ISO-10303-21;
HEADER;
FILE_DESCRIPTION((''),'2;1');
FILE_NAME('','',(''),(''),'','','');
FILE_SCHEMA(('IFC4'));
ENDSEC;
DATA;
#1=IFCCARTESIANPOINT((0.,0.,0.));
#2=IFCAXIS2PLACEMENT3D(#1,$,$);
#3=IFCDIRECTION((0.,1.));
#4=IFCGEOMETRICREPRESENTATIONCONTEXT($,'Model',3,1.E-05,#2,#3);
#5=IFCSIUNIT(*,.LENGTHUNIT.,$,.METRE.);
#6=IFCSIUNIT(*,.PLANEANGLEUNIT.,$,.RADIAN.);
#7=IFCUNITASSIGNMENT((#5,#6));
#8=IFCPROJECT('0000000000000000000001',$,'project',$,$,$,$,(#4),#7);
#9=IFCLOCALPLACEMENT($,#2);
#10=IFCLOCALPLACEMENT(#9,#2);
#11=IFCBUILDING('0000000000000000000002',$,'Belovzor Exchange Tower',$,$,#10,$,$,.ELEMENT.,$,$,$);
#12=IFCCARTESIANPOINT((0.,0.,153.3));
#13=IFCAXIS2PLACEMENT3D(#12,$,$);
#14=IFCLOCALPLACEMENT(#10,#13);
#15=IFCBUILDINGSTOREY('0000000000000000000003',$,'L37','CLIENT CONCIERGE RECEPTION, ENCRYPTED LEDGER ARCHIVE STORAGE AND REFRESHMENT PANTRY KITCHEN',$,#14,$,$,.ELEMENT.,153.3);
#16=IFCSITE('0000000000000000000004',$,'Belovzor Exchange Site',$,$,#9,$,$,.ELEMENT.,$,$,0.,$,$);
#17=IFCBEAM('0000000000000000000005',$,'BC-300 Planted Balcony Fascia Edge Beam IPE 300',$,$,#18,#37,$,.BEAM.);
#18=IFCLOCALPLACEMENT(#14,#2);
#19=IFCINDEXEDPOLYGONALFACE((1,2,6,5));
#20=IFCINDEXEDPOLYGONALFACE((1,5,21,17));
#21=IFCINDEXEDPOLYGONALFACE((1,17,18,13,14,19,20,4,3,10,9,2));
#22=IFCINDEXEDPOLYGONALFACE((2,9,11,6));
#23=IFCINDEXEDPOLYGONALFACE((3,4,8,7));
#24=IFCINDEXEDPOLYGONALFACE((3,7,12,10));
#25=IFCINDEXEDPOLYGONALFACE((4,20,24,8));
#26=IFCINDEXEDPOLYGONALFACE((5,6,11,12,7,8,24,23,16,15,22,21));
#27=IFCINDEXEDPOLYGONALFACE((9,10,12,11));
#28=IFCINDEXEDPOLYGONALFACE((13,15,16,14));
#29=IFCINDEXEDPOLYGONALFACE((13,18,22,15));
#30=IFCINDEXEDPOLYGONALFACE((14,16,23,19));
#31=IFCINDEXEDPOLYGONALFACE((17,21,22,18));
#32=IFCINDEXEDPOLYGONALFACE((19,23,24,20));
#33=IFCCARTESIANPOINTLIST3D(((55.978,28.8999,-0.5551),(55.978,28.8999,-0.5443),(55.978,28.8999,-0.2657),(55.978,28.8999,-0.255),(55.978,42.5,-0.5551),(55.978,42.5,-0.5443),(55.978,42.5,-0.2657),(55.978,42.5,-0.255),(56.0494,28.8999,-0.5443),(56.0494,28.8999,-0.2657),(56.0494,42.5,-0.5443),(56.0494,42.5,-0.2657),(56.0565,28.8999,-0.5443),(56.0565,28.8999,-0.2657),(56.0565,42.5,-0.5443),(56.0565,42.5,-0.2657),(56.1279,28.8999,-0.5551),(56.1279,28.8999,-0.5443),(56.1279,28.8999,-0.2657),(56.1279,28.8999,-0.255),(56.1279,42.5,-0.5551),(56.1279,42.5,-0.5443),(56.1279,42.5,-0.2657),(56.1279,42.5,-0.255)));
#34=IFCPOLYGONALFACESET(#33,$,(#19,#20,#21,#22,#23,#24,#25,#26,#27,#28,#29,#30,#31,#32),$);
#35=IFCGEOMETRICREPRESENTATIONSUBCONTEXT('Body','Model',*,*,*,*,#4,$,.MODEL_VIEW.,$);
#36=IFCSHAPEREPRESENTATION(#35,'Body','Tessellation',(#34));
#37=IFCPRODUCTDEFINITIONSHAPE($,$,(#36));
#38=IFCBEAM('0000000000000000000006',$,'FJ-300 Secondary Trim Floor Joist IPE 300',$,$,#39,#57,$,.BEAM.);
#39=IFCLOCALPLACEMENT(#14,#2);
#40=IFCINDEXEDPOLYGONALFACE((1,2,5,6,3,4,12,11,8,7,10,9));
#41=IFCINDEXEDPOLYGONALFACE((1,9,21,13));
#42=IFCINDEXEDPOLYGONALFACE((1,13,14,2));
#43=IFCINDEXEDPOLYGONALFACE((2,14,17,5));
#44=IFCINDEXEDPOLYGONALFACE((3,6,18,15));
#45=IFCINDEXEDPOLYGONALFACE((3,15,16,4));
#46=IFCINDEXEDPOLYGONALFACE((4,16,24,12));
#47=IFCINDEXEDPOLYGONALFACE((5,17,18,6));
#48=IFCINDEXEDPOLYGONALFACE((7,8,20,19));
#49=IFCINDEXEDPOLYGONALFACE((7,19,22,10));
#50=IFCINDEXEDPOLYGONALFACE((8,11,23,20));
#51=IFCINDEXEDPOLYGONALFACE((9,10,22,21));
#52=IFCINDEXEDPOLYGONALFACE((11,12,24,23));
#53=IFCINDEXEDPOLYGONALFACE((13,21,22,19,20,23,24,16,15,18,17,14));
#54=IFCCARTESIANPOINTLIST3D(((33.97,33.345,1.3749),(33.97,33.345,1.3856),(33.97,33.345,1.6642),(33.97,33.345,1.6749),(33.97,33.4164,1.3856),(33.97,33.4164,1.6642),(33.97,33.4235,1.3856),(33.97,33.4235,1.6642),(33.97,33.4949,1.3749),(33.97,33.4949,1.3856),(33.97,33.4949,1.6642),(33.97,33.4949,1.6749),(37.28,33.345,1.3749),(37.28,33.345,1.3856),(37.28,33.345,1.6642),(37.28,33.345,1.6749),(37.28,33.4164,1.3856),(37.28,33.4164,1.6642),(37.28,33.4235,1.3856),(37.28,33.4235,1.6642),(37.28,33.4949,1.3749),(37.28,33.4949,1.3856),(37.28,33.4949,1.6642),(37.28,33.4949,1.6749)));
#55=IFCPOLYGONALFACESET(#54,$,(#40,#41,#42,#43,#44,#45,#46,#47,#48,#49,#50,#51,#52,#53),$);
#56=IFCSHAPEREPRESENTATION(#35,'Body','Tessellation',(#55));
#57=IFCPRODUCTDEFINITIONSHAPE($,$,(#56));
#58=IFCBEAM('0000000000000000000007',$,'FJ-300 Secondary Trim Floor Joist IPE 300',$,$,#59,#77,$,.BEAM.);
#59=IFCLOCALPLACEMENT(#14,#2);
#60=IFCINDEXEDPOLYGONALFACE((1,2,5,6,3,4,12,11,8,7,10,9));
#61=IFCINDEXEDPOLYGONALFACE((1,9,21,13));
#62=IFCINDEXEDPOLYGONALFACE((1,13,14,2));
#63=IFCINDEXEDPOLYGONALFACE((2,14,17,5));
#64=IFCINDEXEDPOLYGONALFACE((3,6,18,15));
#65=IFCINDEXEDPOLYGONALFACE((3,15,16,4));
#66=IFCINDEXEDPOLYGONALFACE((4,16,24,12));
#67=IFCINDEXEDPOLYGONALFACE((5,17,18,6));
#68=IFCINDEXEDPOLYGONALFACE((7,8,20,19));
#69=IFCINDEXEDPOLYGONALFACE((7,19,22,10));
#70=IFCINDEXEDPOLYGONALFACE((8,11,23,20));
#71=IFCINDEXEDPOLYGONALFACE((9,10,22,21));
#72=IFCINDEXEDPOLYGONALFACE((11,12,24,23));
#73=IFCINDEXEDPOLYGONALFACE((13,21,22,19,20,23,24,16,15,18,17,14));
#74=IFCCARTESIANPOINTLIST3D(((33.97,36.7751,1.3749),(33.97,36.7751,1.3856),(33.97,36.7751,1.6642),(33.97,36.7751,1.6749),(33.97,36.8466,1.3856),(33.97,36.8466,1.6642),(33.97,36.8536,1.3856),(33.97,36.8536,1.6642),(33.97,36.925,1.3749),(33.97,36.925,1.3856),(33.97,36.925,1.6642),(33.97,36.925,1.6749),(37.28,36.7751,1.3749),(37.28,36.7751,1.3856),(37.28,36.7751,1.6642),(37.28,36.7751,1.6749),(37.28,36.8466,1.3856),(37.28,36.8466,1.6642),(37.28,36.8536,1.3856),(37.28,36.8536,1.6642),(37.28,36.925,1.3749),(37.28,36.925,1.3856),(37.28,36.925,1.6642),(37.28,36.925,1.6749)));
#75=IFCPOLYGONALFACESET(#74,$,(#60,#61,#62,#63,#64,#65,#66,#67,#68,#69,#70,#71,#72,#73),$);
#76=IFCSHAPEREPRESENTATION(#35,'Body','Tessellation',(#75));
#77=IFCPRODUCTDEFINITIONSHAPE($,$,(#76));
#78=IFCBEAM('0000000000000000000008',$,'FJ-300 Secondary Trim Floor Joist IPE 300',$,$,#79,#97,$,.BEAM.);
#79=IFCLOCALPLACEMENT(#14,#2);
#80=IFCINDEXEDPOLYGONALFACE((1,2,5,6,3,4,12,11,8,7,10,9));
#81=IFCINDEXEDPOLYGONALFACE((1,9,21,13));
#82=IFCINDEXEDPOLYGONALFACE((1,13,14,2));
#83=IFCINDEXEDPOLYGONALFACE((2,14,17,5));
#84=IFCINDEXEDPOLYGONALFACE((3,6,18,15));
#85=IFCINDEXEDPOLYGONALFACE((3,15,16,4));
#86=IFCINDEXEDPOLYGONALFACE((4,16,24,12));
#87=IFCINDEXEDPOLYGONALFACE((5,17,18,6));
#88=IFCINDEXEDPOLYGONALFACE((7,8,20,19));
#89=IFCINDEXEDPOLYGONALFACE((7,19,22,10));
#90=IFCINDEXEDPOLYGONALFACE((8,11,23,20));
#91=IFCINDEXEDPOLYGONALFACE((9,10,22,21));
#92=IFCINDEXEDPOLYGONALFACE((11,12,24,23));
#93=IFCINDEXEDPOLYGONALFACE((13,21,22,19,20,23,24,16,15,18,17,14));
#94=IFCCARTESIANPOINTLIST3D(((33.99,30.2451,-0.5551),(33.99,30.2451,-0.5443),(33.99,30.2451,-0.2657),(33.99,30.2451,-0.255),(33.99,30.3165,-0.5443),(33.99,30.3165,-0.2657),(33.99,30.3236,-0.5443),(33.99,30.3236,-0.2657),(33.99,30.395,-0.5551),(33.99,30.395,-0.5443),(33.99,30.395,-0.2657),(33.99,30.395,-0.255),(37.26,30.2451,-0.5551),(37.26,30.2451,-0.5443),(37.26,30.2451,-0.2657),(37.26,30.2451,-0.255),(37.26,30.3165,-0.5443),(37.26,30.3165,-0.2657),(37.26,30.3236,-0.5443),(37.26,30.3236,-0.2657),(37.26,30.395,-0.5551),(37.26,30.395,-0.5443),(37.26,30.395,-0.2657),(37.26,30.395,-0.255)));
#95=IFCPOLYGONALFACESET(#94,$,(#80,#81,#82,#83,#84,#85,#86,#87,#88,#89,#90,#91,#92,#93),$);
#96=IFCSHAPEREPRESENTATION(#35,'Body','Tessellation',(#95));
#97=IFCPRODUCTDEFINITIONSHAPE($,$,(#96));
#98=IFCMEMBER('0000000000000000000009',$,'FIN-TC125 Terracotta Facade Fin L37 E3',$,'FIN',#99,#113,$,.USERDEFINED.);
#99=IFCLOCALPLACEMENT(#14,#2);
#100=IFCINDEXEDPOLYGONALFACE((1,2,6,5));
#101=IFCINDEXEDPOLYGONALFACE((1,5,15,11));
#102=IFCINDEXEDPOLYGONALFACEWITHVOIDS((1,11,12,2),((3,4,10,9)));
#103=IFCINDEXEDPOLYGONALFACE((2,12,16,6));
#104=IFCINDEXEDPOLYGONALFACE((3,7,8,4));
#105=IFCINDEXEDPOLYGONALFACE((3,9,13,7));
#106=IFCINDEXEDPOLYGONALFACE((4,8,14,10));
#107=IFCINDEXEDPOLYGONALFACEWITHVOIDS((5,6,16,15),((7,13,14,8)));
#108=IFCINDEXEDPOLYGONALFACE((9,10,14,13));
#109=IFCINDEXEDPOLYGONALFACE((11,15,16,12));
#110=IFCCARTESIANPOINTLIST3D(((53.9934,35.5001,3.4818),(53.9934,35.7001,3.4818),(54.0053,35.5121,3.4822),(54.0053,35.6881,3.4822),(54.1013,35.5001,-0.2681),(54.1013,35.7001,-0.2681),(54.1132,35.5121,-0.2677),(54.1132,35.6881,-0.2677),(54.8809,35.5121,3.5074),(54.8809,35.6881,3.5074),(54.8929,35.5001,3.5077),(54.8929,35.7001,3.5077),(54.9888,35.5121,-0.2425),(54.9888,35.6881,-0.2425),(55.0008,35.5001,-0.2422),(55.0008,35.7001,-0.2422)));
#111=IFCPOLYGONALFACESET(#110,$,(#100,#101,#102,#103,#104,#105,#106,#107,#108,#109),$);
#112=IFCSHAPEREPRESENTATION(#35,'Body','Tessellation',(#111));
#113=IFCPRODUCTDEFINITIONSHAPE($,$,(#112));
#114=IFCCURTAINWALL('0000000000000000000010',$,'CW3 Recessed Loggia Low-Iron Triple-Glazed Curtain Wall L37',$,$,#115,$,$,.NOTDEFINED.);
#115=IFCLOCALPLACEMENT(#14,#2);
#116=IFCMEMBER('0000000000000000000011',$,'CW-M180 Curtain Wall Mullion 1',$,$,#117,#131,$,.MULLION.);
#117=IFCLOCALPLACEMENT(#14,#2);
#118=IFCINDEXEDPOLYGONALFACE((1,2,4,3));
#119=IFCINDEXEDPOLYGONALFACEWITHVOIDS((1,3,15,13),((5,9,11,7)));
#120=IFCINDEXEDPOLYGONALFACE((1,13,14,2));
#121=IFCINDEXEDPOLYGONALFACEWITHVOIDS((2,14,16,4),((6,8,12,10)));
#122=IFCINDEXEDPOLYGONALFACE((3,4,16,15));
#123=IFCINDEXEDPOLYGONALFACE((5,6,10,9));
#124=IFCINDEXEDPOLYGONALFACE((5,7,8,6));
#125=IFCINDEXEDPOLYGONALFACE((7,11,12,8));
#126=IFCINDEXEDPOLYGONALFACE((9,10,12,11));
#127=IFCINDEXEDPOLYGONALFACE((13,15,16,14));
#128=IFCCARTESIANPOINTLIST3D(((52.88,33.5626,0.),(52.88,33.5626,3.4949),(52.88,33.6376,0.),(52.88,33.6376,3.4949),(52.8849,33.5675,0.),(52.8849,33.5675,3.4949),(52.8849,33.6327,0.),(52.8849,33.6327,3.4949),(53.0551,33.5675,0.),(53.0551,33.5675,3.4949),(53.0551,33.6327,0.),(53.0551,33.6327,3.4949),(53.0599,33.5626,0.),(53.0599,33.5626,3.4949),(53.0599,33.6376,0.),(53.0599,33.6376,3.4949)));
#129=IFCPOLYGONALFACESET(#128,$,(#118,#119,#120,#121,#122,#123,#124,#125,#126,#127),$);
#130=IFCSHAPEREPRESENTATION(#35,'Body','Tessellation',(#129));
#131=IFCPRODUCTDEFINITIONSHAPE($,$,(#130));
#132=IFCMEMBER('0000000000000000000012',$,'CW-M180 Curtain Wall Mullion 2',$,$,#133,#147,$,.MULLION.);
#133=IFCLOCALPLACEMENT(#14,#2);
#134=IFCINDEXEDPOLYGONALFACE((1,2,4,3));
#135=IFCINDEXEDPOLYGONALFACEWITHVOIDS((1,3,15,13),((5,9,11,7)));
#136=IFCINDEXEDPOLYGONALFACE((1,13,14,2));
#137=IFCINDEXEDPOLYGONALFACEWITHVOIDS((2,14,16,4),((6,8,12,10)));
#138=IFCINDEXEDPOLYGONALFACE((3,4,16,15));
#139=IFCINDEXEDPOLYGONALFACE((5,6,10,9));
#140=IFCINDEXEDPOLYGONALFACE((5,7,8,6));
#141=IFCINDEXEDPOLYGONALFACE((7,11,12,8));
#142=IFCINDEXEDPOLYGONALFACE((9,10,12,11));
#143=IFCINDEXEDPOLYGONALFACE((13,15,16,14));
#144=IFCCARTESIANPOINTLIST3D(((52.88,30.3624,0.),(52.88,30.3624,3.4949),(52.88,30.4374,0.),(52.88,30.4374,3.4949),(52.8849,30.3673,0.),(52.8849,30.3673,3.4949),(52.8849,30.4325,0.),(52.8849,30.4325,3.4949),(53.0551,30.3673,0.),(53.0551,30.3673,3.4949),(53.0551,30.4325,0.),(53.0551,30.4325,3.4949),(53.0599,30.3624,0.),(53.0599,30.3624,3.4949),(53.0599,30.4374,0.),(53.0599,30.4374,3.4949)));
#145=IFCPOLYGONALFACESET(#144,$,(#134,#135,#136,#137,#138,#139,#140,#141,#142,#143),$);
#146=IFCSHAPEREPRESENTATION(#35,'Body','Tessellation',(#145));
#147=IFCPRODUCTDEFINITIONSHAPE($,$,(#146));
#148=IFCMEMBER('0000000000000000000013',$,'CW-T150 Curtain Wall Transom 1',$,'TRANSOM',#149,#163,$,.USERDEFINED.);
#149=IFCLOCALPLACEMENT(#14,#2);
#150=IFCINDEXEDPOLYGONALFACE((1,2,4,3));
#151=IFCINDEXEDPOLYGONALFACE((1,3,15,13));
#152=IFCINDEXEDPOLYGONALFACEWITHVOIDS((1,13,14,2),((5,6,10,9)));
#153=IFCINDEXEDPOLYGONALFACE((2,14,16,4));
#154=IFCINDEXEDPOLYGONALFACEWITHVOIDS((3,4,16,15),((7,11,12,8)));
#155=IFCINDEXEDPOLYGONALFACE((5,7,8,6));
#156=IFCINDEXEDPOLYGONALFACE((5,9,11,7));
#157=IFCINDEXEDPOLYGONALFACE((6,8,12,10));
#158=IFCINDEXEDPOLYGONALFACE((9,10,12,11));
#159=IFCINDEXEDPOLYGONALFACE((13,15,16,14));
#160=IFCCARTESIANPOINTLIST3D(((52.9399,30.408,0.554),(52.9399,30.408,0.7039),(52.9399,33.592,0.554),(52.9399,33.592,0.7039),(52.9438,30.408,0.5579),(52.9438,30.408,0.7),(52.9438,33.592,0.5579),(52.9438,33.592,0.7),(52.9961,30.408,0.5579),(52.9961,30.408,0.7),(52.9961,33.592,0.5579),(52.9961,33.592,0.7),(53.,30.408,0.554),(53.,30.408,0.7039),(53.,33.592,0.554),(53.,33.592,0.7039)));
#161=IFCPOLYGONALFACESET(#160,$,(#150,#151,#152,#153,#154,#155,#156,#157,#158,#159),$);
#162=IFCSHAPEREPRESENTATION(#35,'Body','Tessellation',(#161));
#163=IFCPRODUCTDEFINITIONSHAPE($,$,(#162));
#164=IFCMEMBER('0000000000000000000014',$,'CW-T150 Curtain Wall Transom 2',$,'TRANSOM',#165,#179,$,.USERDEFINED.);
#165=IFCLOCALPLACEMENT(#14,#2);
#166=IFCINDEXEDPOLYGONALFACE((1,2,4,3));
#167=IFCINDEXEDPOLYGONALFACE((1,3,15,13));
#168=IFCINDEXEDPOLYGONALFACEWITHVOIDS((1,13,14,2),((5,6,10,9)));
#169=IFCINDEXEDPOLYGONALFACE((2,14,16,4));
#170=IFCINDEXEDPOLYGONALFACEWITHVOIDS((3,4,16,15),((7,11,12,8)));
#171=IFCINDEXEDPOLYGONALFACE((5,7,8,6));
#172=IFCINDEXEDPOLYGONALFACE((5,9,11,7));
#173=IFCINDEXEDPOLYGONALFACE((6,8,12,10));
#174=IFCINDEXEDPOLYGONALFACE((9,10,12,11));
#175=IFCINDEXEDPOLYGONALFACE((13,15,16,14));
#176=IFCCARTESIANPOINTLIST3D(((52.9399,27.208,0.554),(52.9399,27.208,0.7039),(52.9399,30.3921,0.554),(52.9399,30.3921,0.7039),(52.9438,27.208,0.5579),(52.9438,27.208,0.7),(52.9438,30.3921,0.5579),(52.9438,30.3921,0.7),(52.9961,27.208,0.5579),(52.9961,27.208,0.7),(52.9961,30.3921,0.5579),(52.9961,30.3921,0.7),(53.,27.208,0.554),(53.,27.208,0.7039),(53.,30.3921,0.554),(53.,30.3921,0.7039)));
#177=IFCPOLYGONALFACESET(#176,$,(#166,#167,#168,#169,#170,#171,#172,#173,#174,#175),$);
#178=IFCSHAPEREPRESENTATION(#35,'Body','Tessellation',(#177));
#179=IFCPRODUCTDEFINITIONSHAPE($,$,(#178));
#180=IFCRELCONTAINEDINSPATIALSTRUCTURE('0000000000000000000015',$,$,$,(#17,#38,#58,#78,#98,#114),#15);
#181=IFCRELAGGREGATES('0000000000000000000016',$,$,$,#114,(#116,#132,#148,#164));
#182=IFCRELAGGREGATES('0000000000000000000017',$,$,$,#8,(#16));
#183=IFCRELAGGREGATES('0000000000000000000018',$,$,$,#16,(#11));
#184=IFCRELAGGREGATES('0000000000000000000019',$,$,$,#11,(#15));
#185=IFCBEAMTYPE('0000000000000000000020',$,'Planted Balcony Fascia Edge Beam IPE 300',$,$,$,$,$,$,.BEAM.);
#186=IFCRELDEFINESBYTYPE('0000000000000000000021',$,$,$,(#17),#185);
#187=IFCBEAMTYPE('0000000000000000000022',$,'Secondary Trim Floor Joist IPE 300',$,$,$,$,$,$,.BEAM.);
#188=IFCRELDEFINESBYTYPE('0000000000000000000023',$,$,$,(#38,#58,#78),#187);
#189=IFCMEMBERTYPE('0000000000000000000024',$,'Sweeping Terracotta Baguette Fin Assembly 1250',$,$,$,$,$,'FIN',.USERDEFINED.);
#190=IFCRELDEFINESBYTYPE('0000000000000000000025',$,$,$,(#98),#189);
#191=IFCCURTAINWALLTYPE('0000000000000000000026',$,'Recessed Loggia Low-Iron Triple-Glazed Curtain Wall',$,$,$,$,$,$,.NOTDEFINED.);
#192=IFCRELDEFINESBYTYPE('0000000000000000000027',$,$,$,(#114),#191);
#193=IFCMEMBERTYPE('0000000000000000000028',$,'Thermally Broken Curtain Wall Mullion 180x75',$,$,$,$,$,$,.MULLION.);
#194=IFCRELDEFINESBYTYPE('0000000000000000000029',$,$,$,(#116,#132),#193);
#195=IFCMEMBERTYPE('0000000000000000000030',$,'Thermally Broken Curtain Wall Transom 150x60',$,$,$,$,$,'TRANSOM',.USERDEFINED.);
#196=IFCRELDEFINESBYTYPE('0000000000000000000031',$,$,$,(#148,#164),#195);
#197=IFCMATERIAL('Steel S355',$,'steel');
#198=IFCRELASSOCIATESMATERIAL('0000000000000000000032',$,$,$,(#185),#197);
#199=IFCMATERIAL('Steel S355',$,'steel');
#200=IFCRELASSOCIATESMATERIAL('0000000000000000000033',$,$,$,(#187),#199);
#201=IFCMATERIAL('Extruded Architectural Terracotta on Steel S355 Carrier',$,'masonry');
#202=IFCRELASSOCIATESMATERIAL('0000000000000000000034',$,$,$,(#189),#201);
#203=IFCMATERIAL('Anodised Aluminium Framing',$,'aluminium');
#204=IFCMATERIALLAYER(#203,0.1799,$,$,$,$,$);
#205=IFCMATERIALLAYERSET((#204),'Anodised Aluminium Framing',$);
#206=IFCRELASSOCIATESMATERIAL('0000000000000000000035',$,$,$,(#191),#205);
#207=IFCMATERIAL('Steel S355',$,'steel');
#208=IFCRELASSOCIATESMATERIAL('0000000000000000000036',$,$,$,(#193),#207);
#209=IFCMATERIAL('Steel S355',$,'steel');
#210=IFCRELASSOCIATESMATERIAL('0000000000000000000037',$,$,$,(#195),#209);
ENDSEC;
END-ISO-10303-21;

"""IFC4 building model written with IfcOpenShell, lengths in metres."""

from ifc_helpers import new_model, si_unit, direction, frame, origin, origin_2d, place, context, subcontext, project, spatial, hollow_rectangle, i_section, extrude, material, layer, layer_set, material_profile, profile_set, type_object, element, aggregate, save


model = new_model("IFC4")

# Units and contexts
model_context = context("Model", 3, precision=1e-05, world=origin(), true_north=direction((0.0, 1.0)))
body_context = subcontext(model_context, "Body", "Model", "MODEL_VIEW")
ifc_project = project(units=[si_unit("LENGTHUNIT", "METRE"), si_unit("PLANEANGLEUNIT", "RADIAN")], contexts=[model_context])

# Site, building, storey
site_placement = place(None, origin())
site = spatial("IfcSite", under=ifc_project, at=site_placement, Name="Belovzor Exchange Site", CompositionType="ELEMENT", RefElevation=0.0)
building_placement = place(site_placement, origin())
building = spatial("IfcBuilding", under=site, at=building_placement, Name="Belovzor Exchange Tower", CompositionType="ELEMENT")
storey_placement = place(building_placement, frame((0.0, 0.0, 153.3)))
storey = spatial("IfcBuildingStorey", under=building, at=storey_placement, Name="L37", Description="CLIENT CONCIERGE RECEPTION, ENCRYPTED LEDGER ARCHIVE STORAGE AND REFRESHMENT PANTRY KITCHEN", CompositionType="ELEMENT", Elevation=153.3)

# Beams
ifc_material_1 = material(Name="Steel S355", Category="steel")
ifc_material_profile_1 = material_profile(ifc_material_1, i_section(OverallWidth=0.1499, OverallDepth=0.3, WebThickness=0.0071, FlangeThickness=0.0107, at=origin_2d()))
ifc_profile_set_1 = profile_set([ifc_material_profile_1], Name="Steel S355")
beam_type_1 = type_object("IfcBeamType", Name="Planted Balcony Fascia Edge Beam IPE 300", PredefinedType="BEAM", material=ifc_profile_set_1)
beam_1_placement = place(storey_placement, frame((56.053, 28.8999, -0.405), z_axis=(0.0, 1.0, 0.0), x_axis=(-1.0, 0.0, 0.0)))
element("IfcBeam", 1, at=beam_1_placement, inside=storey, type_object=beam_type_1, Name="BC-300 Planted Balcony Fascia Edge Beam IPE 300", PredefinedType="BEAM", context=body_context, shape_type="SweptSolid", body=[
    extrude(i_section(OverallWidth=0.1499, OverallDepth=0.3, WebThickness=0.0071, FlangeThickness=0.0107, at=origin_2d()), origin(), (0.0, 0.0, 1.0), 13.6001),
])
ifc_material_2 = material(Name="Steel S355", Category="steel")
ifc_material_profile_2 = material_profile(ifc_material_2, i_section(OverallWidth=0.1499, OverallDepth=0.3, WebThickness=0.0071, FlangeThickness=0.0107, at=origin_2d()))
ifc_profile_set_2 = profile_set([ifc_material_profile_2], Name="Steel S355")
beam_type_2 = type_object("IfcBeamType", Name="Secondary Trim Floor Joist IPE 300", PredefinedType="BEAM", material=ifc_profile_set_2)
for number, where, z_axis, x_axis, name in (
    (2, (37.28, 33.4199, 1.5249), (-1.0, 0.0, 0.0), (0.0, -1.0, 0.0), "FJ-300 Secondary Trim Floor Joist IPE 300"),
    (3, (37.28, 36.8501, 1.5249), (-1.0, 0.0, 0.0), (0.0, -1.0, 0.0), "FJ-300 Secondary Trim Floor Joist IPE 300"),
):
    element("IfcBeam", number, at=place(storey_placement, frame(where, z_axis=z_axis, x_axis=x_axis)), inside=storey, type_object=beam_type_2, Name=name, PredefinedType="BEAM", context=body_context, shape_type="SweptSolid", body=[
        extrude(i_section(OverallWidth=0.1499, OverallDepth=0.3, WebThickness=0.0071, FlangeThickness=0.0107, at=origin_2d()), origin(), (0.0, 0.0, 1.0), 3.3101),
    ])
beam_2_placement = place(storey_placement, frame((37.26, 30.3201, -0.405), z_axis=(-1.0, 0.0, 0.0), x_axis=(0.0, -1.0, 0.0)))
element("IfcBeam", 4, at=beam_2_placement, inside=storey, type_object=beam_type_2, Name="FJ-300 Secondary Trim Floor Joist IPE 300", PredefinedType="BEAM", context=body_context, shape_type="SweptSolid", body=[
    extrude(i_section(OverallWidth=0.1499, OverallDepth=0.3, WebThickness=0.0071, FlangeThickness=0.0107, at=origin_2d()), origin(), (0.0, 0.0, 1.0), 3.27),
])

# Member
ifc_material_3 = material(Name="Extruded Architectural Terracotta on Steel S355 Carrier", Category="masonry")
ifc_material_profile_3 = material_profile(ifc_material_3, hollow_rectangle(XDim=0.2, YDim=0.8999, WallThickness=0.012, at=origin_2d()))
ifc_profile_set_3 = profile_set([ifc_material_profile_3], Name="Extruded Architectural Terracotta on Steel S355 Carrier")
member_type_1 = type_object("IfcMemberType", Name="Sweeping Terracotta Baguette Fin Assembly 1250", ElementType="FIN", PredefinedType="USERDEFINED", material=ifc_profile_set_3)
member_1_placement = place(storey_placement, frame((54.551, 35.6001, -0.2551), z_axis=(-0.028764, 0.0, 0.999586), x_axis=(0.0, -1.0, 0.0)))
element("IfcMember", 5, at=member_1_placement, inside=storey, type_object=member_type_1, Name="FIN-TC125 Terracotta Facade Fin L37 E3", ObjectType="FIN", PredefinedType="USERDEFINED", context=body_context, shape_type="SweptSolid", body=[
    extrude(hollow_rectangle(XDim=0.2, YDim=0.8999, WallThickness=0.012, at=origin_2d()), origin(), (0.0, 0.0, 1.0), 3.7515),
])

# Curtain wall, members
ifc_material_4 = material(Name="Anodised Aluminium Framing", Category="aluminium")
ifc_layer_1 = layer(ifc_material_4, 0.1799)
ifc_layer_set_1 = layer_set([ifc_layer_1], Name="Anodised Aluminium Framing")
curtain_wall_type = type_object("IfcCurtainWallType", Name="Recessed Loggia Low-Iron Triple-Glazed Curtain Wall", PredefinedType="NOTDEFINED", material=ifc_layer_set_1)
curtain_wall_placement = place(storey_placement, origin())
curtain_wall = element("IfcCurtainWall", 6, at=curtain_wall_placement, inside=storey, type_object=curtain_wall_type, Name="CW3 Recessed Loggia Low-Iron Triple-Glazed Curtain Wall L37", PredefinedType="NOTDEFINED")
ifc_material_5 = material(Name="Steel S355", Category="steel")
ifc_material_profile_4 = material_profile(ifc_material_5, hollow_rectangle(XDim=0.075, YDim=0.1799, WallThickness=0.0049, at=origin_2d()))
ifc_profile_set_4 = profile_set([ifc_material_profile_4], Name="Steel S355")
member_type_2 = type_object("IfcMemberType", Name="Thermally Broken Curtain Wall Mullion 180x75", PredefinedType="MULLION", material=ifc_profile_set_4)
member_2_placement = place(storey_placement, frame((52.97, 33.6001, 0.0), z_axis=(0.0, 0.0, 1.0), x_axis=(0.0, -1.0, 0.0)))
member_2 = element("IfcMember", 7, at=member_2_placement, type_object=member_type_2, Name="CW-M180 Curtain Wall Mullion 1", PredefinedType="MULLION", context=body_context, shape_type="SweptSolid", body=[
    extrude(hollow_rectangle(XDim=0.075, YDim=0.1799, WallThickness=0.0049, at=origin_2d()), origin(), (0.0, 0.0, 1.0), 3.4949),
])
member_3_placement = place(storey_placement, frame((52.97, 30.3999, 0.0), z_axis=(0.0, 0.0, 1.0), x_axis=(0.0, -1.0, 0.0)))
member_3 = element("IfcMember", 8, at=member_3_placement, type_object=member_type_2, Name="CW-M180 Curtain Wall Mullion 2", PredefinedType="MULLION", context=body_context, shape_type="SweptSolid", body=[
    extrude(hollow_rectangle(XDim=0.075, YDim=0.1799, WallThickness=0.0049, at=origin_2d()), origin(), (0.0, 0.0, 1.0), 3.4949),
])
ifc_material_6 = material(Name="Steel S355", Category="steel")
ifc_material_profile_5 = material_profile(ifc_material_6, hollow_rectangle(XDim=0.0601, YDim=0.1499, WallThickness=0.0039, at=origin_2d()))
ifc_profile_set_5 = profile_set([ifc_material_profile_5], Name="Steel S355")
member_type_3 = type_object("IfcMemberType", Name="Thermally Broken Curtain Wall Transom 150x60", ElementType="TRANSOM", PredefinedType="USERDEFINED", material=ifc_profile_set_5)
member_4_placement = place(storey_placement, frame((52.97, 33.592, 0.6289), z_axis=(0.0, -1.0, 0.0), x_axis=(1.0, 0.0, 0.0)))
member_4 = element("IfcMember", 9, at=member_4_placement, type_object=member_type_3, Name="CW-T150 Curtain Wall Transom 1", ObjectType="TRANSOM", PredefinedType="USERDEFINED", context=body_context, shape_type="SweptSolid", body=[
    extrude(hollow_rectangle(XDim=0.0601, YDim=0.1499, WallThickness=0.0039, at=origin_2d()), origin(), (0.0, 0.0, 1.0), 3.1841),
])
member_5_placement = place(storey_placement, frame((52.97, 30.3921, 0.6289), z_axis=(0.0, -1.0, 0.0), x_axis=(1.0, 0.0, 0.0)))
member_5 = element("IfcMember", 10, at=member_5_placement, type_object=member_type_3, Name="CW-T150 Curtain Wall Transom 2", ObjectType="TRANSOM", PredefinedType="USERDEFINED", context=body_context, shape_type="SweptSolid", body=[
    extrude(hollow_rectangle(XDim=0.0601, YDim=0.1499, WallThickness=0.0039, at=origin_2d()), origin(), (0.0, 0.0, 1.0), 3.1841),
])

aggregate(curtain_wall, [member_2, member_3, member_4, member_5])

save(model, "model.ifc")
